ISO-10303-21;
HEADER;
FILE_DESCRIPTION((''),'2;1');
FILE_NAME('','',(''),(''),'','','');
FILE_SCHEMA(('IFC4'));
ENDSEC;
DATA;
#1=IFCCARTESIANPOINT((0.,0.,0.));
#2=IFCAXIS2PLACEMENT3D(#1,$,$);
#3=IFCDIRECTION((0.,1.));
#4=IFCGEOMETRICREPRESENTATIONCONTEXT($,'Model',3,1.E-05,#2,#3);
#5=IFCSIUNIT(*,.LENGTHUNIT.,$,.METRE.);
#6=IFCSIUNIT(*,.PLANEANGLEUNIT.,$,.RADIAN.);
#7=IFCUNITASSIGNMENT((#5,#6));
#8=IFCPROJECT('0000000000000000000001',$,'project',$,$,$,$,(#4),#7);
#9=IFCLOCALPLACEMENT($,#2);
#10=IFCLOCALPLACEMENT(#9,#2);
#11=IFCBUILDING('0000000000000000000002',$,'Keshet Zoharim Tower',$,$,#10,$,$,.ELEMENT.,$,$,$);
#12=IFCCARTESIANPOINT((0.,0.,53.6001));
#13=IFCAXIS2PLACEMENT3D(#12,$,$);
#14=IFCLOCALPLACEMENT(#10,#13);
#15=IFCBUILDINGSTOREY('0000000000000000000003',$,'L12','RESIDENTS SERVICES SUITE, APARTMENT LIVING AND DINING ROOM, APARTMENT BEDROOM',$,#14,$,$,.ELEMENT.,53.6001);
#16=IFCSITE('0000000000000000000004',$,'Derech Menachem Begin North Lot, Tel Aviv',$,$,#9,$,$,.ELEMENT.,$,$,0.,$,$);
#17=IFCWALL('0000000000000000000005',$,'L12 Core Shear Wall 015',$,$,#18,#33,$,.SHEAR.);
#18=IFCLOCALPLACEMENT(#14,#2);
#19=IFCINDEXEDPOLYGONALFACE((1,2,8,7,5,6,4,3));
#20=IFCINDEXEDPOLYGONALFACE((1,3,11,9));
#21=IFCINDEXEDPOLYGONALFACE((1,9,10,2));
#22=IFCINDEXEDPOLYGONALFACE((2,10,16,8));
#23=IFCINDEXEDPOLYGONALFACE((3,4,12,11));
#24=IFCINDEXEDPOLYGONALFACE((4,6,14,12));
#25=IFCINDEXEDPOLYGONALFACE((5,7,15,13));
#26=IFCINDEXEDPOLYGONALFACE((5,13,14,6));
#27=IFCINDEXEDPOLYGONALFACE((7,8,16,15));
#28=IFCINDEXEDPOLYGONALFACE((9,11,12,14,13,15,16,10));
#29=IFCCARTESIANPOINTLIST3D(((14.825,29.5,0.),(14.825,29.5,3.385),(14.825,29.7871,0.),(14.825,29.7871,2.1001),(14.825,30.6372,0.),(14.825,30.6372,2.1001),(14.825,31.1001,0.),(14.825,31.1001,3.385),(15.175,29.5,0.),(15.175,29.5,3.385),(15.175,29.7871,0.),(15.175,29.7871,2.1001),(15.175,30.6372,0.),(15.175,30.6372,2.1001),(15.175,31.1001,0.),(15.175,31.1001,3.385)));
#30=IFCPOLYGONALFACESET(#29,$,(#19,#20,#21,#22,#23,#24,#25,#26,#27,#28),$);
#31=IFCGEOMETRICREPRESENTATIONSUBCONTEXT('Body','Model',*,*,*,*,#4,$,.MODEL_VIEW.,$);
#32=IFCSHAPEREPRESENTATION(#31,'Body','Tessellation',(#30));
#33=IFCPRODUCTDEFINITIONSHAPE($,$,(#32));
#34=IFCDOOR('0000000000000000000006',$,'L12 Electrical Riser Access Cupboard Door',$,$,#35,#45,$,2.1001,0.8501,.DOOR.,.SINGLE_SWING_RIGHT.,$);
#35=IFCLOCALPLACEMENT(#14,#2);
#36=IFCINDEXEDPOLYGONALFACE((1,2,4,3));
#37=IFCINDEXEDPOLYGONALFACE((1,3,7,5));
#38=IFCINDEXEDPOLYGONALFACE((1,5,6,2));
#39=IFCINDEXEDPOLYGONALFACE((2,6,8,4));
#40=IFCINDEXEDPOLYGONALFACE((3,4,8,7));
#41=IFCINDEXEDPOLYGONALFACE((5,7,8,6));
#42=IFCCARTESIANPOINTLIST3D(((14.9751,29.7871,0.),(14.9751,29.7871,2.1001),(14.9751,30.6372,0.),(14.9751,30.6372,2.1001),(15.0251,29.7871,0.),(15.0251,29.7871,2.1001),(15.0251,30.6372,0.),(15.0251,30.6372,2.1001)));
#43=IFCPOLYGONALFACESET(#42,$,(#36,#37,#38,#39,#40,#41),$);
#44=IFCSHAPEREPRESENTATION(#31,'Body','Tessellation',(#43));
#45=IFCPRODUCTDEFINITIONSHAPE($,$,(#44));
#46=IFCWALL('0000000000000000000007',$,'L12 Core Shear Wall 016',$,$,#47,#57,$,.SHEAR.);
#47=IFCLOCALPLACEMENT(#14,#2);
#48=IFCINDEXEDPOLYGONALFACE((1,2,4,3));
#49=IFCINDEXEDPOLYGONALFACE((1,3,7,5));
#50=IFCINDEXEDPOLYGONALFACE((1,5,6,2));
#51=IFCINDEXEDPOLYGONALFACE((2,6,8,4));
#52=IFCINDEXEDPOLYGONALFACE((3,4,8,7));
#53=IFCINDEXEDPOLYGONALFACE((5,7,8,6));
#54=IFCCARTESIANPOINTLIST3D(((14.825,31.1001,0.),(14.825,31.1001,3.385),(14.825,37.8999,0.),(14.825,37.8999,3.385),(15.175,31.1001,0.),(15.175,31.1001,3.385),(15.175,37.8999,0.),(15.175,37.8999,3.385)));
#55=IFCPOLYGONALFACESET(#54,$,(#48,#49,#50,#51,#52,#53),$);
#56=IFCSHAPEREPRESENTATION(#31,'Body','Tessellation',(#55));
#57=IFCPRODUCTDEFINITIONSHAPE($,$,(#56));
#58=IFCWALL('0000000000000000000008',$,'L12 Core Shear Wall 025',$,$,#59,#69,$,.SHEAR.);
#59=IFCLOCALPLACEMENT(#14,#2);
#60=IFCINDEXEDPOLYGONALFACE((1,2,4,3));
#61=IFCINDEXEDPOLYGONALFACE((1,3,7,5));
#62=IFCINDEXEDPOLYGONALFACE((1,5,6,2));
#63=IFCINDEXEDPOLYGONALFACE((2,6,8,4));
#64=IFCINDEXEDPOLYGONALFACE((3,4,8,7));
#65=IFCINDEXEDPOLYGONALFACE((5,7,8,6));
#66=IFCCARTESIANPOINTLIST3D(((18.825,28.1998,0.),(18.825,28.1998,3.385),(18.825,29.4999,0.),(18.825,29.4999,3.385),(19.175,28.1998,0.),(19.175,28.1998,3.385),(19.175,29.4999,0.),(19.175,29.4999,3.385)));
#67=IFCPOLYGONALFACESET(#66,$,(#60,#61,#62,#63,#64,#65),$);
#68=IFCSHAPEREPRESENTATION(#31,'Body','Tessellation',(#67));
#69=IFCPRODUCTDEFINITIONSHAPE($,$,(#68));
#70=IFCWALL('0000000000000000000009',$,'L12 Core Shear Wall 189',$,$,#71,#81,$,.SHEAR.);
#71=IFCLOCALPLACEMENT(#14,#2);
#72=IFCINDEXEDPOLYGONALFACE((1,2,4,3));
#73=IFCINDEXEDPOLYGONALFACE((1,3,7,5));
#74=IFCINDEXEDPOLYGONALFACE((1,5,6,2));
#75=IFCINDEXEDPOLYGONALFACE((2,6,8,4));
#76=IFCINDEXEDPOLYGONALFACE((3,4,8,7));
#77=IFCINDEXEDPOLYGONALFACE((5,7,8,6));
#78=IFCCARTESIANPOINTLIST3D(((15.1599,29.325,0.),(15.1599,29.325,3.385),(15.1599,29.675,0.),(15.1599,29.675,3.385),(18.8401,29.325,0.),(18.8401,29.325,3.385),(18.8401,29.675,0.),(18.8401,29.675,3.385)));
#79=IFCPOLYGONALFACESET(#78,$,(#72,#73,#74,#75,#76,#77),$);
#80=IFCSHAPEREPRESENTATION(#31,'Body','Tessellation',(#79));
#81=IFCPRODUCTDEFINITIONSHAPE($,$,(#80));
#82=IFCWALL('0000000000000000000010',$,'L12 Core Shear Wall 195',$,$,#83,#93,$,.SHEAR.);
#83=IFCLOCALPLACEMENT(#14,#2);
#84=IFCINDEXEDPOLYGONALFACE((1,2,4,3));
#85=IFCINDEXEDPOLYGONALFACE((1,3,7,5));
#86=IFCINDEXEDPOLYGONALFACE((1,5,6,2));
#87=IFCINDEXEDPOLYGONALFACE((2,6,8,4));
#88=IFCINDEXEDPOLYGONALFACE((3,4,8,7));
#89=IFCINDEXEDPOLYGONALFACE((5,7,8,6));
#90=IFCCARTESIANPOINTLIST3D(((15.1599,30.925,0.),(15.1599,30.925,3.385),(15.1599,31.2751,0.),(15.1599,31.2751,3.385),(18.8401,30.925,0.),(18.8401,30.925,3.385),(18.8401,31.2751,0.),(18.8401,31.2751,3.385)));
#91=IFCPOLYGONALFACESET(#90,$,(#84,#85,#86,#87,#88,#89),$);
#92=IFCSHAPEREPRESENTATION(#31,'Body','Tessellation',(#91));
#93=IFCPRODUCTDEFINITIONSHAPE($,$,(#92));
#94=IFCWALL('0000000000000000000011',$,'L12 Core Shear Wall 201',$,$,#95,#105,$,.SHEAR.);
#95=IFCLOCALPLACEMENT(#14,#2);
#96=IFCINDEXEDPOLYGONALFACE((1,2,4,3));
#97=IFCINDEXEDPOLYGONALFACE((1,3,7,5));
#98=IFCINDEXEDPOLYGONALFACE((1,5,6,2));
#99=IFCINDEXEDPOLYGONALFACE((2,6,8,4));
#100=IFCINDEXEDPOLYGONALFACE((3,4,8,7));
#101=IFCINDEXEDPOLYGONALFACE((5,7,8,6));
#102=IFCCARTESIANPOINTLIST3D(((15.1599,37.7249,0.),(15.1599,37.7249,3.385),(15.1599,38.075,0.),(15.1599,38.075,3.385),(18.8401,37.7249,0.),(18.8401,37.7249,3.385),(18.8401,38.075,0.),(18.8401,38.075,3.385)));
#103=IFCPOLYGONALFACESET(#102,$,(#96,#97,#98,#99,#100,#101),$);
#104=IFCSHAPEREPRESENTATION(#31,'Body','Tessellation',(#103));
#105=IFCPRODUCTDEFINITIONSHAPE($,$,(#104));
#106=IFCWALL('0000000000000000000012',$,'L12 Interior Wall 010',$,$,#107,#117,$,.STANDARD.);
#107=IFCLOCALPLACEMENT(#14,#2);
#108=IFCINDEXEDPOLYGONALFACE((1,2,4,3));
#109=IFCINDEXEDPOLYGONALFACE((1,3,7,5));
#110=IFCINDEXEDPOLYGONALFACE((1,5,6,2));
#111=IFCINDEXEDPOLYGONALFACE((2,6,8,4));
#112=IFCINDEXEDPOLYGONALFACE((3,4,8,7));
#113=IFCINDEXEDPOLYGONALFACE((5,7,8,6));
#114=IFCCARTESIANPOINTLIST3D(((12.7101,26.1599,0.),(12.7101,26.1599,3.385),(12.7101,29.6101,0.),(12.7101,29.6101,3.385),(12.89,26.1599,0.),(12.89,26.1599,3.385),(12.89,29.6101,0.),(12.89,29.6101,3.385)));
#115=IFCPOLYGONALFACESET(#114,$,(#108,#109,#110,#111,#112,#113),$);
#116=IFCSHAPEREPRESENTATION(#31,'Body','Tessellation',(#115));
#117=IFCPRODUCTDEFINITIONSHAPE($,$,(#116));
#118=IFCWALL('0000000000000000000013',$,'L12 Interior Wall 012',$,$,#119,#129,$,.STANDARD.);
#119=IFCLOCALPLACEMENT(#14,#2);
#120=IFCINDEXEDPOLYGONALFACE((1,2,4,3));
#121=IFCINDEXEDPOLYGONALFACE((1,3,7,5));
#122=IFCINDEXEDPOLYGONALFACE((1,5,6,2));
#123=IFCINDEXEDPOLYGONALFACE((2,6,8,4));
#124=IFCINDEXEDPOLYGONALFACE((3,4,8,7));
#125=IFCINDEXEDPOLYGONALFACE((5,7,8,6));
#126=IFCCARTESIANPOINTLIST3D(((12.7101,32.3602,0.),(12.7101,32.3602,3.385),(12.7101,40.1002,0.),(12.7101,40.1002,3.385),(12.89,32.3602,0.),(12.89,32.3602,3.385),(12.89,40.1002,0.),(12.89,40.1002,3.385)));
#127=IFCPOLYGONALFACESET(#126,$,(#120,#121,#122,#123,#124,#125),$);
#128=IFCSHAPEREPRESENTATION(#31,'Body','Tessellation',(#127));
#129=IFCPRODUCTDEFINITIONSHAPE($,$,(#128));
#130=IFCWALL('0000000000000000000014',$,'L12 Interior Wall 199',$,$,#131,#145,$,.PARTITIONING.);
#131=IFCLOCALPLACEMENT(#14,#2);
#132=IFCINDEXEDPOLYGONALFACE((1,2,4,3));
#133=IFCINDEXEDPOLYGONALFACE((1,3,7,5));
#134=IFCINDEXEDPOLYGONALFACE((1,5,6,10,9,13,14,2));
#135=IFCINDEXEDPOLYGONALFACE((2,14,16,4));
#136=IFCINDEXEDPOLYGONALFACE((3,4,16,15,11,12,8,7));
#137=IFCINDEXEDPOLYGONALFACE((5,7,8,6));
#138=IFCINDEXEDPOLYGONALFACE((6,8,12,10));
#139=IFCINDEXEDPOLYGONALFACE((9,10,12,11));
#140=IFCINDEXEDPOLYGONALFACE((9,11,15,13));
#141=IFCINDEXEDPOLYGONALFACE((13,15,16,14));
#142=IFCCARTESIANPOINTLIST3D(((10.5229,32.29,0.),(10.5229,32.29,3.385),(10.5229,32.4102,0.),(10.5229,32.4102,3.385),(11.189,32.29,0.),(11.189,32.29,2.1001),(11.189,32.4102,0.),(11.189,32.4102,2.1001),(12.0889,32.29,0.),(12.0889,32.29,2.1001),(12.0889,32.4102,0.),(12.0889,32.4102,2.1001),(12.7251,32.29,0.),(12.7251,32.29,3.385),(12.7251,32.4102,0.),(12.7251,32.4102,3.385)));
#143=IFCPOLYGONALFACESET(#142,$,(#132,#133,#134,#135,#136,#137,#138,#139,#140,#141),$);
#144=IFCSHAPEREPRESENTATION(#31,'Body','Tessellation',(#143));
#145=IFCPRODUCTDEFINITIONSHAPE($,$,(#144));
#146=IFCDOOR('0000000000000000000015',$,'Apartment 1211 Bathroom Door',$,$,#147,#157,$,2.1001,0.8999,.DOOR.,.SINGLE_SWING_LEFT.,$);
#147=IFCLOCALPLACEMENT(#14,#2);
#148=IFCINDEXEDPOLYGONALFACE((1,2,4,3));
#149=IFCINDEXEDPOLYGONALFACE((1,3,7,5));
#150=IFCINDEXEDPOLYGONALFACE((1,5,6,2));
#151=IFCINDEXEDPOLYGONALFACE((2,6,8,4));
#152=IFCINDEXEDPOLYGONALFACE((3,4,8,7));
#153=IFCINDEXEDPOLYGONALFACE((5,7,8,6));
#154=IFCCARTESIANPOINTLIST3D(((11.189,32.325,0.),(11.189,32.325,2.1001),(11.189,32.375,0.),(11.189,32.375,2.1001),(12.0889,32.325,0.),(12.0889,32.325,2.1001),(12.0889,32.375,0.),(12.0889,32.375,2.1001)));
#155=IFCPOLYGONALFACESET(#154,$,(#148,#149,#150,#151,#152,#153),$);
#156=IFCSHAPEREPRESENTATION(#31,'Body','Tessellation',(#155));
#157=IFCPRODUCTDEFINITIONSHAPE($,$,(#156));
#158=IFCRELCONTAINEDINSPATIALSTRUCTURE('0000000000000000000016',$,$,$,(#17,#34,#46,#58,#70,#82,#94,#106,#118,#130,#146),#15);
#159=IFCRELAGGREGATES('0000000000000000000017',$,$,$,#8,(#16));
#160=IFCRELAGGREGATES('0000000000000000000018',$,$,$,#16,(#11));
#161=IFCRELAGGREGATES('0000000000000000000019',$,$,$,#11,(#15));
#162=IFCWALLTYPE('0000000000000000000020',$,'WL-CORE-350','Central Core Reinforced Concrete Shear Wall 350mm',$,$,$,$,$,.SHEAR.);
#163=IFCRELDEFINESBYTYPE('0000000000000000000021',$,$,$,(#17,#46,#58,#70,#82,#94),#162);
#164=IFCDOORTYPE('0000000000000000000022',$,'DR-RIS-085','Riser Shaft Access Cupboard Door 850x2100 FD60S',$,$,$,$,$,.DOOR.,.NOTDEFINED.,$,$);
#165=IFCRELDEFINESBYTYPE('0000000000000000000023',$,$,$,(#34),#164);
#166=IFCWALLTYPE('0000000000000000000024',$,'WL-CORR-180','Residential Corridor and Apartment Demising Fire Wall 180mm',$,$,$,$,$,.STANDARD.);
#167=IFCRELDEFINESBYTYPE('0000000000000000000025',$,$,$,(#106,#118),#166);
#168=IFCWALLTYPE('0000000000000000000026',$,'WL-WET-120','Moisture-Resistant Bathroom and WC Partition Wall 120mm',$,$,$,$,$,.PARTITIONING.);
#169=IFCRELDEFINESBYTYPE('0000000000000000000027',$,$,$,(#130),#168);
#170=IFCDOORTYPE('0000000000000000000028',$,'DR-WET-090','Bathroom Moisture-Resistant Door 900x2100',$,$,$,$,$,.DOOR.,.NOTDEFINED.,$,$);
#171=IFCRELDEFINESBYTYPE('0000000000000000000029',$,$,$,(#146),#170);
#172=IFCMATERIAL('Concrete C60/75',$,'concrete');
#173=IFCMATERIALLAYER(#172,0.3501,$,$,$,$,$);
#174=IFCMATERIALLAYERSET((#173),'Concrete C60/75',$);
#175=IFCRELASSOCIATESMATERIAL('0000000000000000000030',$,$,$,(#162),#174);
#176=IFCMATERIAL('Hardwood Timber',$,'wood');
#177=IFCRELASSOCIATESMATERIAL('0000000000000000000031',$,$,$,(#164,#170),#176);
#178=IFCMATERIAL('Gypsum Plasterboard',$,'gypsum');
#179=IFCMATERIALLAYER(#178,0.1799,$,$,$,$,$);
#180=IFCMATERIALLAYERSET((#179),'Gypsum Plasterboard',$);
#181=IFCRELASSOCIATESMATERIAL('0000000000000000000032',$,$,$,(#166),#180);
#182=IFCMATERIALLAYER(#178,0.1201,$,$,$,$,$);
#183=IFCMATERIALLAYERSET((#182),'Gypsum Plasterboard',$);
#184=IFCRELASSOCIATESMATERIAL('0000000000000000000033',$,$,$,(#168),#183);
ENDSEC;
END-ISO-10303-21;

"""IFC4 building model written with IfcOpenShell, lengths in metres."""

from ifc_helpers import new_model, si_unit, direction, frame, frame_2d, origin, place, context, subcontext, project, spatial, rectangle, extrude, material, layer, layer_set, type_object, element, fill, save


model = new_model("IFC4")

# Units and contexts
model_context = context("Model", 3, precision=1e-05, world=origin(), true_north=direction((0.0, 1.0)))
body_context = subcontext(model_context, "Body", "Model", "MODEL_VIEW")
ifc_project = project(units=[si_unit("LENGTHUNIT", "METRE"), si_unit("PLANEANGLEUNIT", "RADIAN")], contexts=[model_context])

# Site, building, storey
site_placement = place(None, origin())
site = spatial("IfcSite", under=ifc_project, at=site_placement, Name="Derech Menachem Begin North Lot, Tel Aviv", CompositionType="ELEMENT", RefElevation=0.0)
building_placement = place(site_placement, origin())
building = spatial("IfcBuilding", under=site, at=building_placement, Name="Keshet Zoharim Tower", CompositionType="ELEMENT")
storey_placement = place(building_placement, frame((0.0, 0.0, 53.6001)))
storey = spatial("IfcBuildingStorey", under=building, at=storey_placement, Name="L12", Description="RESIDENTS SERVICES SUITE, APARTMENT LIVING AND DINING ROOM, APARTMENT BEDROOM", CompositionType="ELEMENT", Elevation=53.6001)

# Wall, opening, door
ifc_material_1 = material(Name="Concrete C60/75", Category="concrete")
ifc_layer_1 = layer(ifc_material_1, 0.3501)
ifc_layer_set_1 = layer_set([ifc_layer_1], Name="Concrete C60/75")
wall_type_1 = type_object("IfcWallType", Name="WL-CORE-350", Description="Central Core Reinforced Concrete Shear Wall 350mm", PredefinedType="SHEAR", material=ifc_layer_set_1)
wall_1_placement = place(storey_placement, frame((15.0, 29.5, 0.0), z_axis=(0.0, 0.0, 1.0), x_axis=(0.0, 1.0, 0.0)))
wall_1 = element("IfcWall", 1, at=wall_1_placement, inside=storey, type_object=wall_type_1, Name="L12 Core Shear Wall 015", PredefinedType="SHEAR", context=body_context, shape_type="SweptSolid", body=[
    extrude(rectangle(XDim=1.6001, YDim=0.3501, at=frame_2d((0.8, 0.0))), origin(), (0.0, 0.0, 1.0), 3.385),
])
opening_1_placement = place(wall_1_placement, frame((0.2871, 0.0, 0.0)))
opening_1 = element("IfcOpeningElement", 2, at=opening_1_placement, cuts=wall_1, PredefinedType="OPENING", context=body_context, shape_type="SweptSolid", body=[
    extrude(rectangle(XDim=0.8501, YDim=2.1001, at=frame_2d((0.425, 1.05))), frame((0.0, 0.1851, 0.0), z_axis=(0.0, -1.0, 0.0), x_axis=(1.0, 0.0, 0.0)), (0.0, 0.0, 1.0), 0.3701),
])
ifc_material_2 = material(Name="Hardwood Timber", Category="wood")
door_type_1 = type_object("IfcDoorType", Name="DR-RIS-085", Description="Riser Shaft Access Cupboard Door 850x2100 FD60S", OperationType="NOTDEFINED", PredefinedType="DOOR", material=ifc_material_2)
door_1_placement = place(opening_1_placement, origin())
door_1 = element("IfcDoor", 3, at=door_1_placement, inside=storey, type_object=door_type_1, Name="L12 Electrical Riser Access Cupboard Door", OperationType="SINGLE_SWING_RIGHT", OverallHeight=2.1001, OverallWidth=0.8501, PredefinedType="DOOR", context=body_context, shape_type="SweptSolid", body=[
    extrude(rectangle(XDim=0.8501, YDim=2.1001, at=frame_2d((0.425, 1.05))), frame((0.0, 0.0249, 0.0), z_axis=(0.0, -1.0, 0.0), x_axis=(1.0, 0.0, 0.0)), (0.0, 0.0, 1.0), 0.05),
])
fill(opening_1, door_1)

# Walls
wall_2_placement = place(storey_placement, frame((15.0, 31.1001, 0.0), z_axis=(0.0, 0.0, 1.0), x_axis=(0.0, 1.0, 0.0)))
element("IfcWall", 4, at=wall_2_placement, inside=storey, type_object=wall_type_1, Name="L12 Core Shear Wall 016", PredefinedType="SHEAR", context=body_context, shape_type="SweptSolid", body=[
    extrude(rectangle(XDim=6.7998, YDim=0.3501, at=frame_2d((3.3999, 0.0))), origin(), (0.0, 0.0, 1.0), 3.385),
])
wall_3_placement = place(storey_placement, frame((19.0, 28.2, 0.0), z_axis=(0.0, 0.0, 1.0), x_axis=(0.0, 1.0, 0.0)))
element("IfcWall", 5, at=wall_3_placement, inside=storey, type_object=wall_type_1, Name="L12 Core Shear Wall 025", PredefinedType="SHEAR", context=body_context, shape_type="SweptSolid", body=[
    extrude(rectangle(XDim=1.3, YDim=0.3501, at=frame_2d((0.6499, 0.0))), origin(), (0.0, 0.0, 1.0), 3.385),
])
for number, where, z_axis, x_axis, name in (
    (6, (15.1599, 29.5, 0.0), (0.0, 0.0, 1.0), (1.0, 0.0, 0.0), "L12 Core Shear Wall 189"),
    (7, (15.1599, 31.1001, 0.0), (0.0, 0.0, 1.0), (1.0, 0.0, 0.0), "L12 Core Shear Wall 195"),
    (8, (15.1599, 37.8999, 0.0), (0.0, 0.0, 1.0), (1.0, 0.0, 0.0), "L12 Core Shear Wall 201"),
):
    element("IfcWall", number, at=place(storey_placement, frame(where, z_axis=z_axis, x_axis=x_axis)), inside=storey, type_object=wall_type_1, Name=name, PredefinedType="SHEAR", context=body_context, shape_type="SweptSolid", body=[
        extrude(rectangle(XDim=3.6802, YDim=0.3501, at=frame_2d((1.8401, 0.0))), origin(), (0.0, 0.0, 1.0), 3.385),
    ])
ifc_material_3 = material(Name="Gypsum Plasterboard", Category="gypsum")
ifc_layer_2 = layer(ifc_material_3, 0.1799)
ifc_layer_set_2 = layer_set([ifc_layer_2], Name="Gypsum Plasterboard")
wall_type_2 = type_object("IfcWallType", Name="WL-CORR-180", Description="Residential Corridor and Apartment Demising Fire Wall 180mm", PredefinedType="STANDARD", material=ifc_layer_set_2)
wall_4_placement = place(storey_placement, frame((12.8, 26.1599, 0.0), z_axis=(0.0, 0.0, 1.0), x_axis=(0.0, 1.0, 0.0)))
element("IfcWall", 9, at=wall_4_placement, inside=storey, type_object=wall_type_2, Name="L12 Interior Wall 010", PredefinedType="STANDARD", context=body_context, shape_type="SweptSolid", body=[
    extrude(rectangle(XDim=3.4502, YDim=0.1799, at=frame_2d((1.7251, 0.0))), origin(), (0.0, 0.0, 1.0), 3.385),
])

# Wall
wall_5_placement = place(storey_placement, frame((12.8, 32.3601, 0.0), z_axis=(0.0, 0.0, 1.0), x_axis=(0.0, 1.0, 0.0)))
element("IfcWall", 10, at=wall_5_placement, inside=storey, type_object=wall_type_2, Name="L12 Interior Wall 012", PredefinedType="STANDARD", context=body_context, shape_type="SweptSolid", body=[
    extrude(rectangle(XDim=7.74, YDim=0.1799, at=frame_2d((3.8701, 0.0))), origin(), (0.0, 0.0, 1.0), 3.385),
])

# Wall, opening, door
ifc_layer_3 = layer(ifc_material_3, 0.1201)
ifc_layer_set_3 = layer_set([ifc_layer_3], Name="Gypsum Plasterboard")
wall_type_3 = type_object("IfcWallType", Name="WL-WET-120", Description="Moisture-Resistant Bathroom and WC Partition Wall 120mm", PredefinedType="PARTITIONING", material=ifc_layer_set_3)
wall_6_placement = place(storey_placement, frame((10.5229, 32.3501, 0.0), z_axis=(0.0, 0.0, 1.0), x_axis=(1.0, 0.0, 0.0)))
wall_6 = element("IfcWall", 11, at=wall_6_placement, inside=storey, type_object=wall_type_3, Name="L12 Interior Wall 199", PredefinedType="PARTITIONING", context=body_context, shape_type="SweptSolid", body=[
    extrude(rectangle(XDim=2.2021, YDim=0.1201, at=frame_2d((1.1011, 0.0))), origin(), (0.0, 0.0, 1.0), 3.385),
])
opening_2_placement = place(wall_6_placement, frame((0.666, 0.0, 0.0)))
opening_2 = element("IfcOpeningElement", 12, at=opening_2_placement, cuts=wall_6, PredefinedType="OPENING", context=body_context, shape_type="SweptSolid", body=[
    extrude(rectangle(XDim=0.8999, YDim=2.1001, at=frame_2d((0.45, 1.05))), frame((0.0, 0.0701, 0.0), z_axis=(0.0, -1.0, 0.0), x_axis=(1.0, 0.0, 0.0)), (0.0, 0.0, 1.0), 0.1401),
])
door_type_2 = type_object("IfcDoorType", Name="DR-WET-090", Description="Bathroom Moisture-Resistant Door 900x2100", OperationType="NOTDEFINED", PredefinedType="DOOR", material=ifc_material_2)
door_2_placement = place(opening_2_placement, origin())
door_2 = element("IfcDoor", 13, at=door_2_placement, inside=storey, type_object=door_type_2, Name="Apartment 1211 Bathroom Door", OperationType="SINGLE_SWING_LEFT", OverallHeight=2.1001, OverallWidth=0.8999, PredefinedType="DOOR", context=body_context, shape_type="SweptSolid", body=[
    extrude(rectangle(XDim=0.8999, YDim=2.1001, at=frame_2d((0.45, 1.05))), frame((0.0, 0.0249, 0.0), z_axis=(0.0, -1.0, 0.0), x_axis=(1.0, 0.0, 0.0)), (0.0, 0.0, 1.0), 0.05),
])
fill(opening_2, door_2)

save(model, "model.ifc")
